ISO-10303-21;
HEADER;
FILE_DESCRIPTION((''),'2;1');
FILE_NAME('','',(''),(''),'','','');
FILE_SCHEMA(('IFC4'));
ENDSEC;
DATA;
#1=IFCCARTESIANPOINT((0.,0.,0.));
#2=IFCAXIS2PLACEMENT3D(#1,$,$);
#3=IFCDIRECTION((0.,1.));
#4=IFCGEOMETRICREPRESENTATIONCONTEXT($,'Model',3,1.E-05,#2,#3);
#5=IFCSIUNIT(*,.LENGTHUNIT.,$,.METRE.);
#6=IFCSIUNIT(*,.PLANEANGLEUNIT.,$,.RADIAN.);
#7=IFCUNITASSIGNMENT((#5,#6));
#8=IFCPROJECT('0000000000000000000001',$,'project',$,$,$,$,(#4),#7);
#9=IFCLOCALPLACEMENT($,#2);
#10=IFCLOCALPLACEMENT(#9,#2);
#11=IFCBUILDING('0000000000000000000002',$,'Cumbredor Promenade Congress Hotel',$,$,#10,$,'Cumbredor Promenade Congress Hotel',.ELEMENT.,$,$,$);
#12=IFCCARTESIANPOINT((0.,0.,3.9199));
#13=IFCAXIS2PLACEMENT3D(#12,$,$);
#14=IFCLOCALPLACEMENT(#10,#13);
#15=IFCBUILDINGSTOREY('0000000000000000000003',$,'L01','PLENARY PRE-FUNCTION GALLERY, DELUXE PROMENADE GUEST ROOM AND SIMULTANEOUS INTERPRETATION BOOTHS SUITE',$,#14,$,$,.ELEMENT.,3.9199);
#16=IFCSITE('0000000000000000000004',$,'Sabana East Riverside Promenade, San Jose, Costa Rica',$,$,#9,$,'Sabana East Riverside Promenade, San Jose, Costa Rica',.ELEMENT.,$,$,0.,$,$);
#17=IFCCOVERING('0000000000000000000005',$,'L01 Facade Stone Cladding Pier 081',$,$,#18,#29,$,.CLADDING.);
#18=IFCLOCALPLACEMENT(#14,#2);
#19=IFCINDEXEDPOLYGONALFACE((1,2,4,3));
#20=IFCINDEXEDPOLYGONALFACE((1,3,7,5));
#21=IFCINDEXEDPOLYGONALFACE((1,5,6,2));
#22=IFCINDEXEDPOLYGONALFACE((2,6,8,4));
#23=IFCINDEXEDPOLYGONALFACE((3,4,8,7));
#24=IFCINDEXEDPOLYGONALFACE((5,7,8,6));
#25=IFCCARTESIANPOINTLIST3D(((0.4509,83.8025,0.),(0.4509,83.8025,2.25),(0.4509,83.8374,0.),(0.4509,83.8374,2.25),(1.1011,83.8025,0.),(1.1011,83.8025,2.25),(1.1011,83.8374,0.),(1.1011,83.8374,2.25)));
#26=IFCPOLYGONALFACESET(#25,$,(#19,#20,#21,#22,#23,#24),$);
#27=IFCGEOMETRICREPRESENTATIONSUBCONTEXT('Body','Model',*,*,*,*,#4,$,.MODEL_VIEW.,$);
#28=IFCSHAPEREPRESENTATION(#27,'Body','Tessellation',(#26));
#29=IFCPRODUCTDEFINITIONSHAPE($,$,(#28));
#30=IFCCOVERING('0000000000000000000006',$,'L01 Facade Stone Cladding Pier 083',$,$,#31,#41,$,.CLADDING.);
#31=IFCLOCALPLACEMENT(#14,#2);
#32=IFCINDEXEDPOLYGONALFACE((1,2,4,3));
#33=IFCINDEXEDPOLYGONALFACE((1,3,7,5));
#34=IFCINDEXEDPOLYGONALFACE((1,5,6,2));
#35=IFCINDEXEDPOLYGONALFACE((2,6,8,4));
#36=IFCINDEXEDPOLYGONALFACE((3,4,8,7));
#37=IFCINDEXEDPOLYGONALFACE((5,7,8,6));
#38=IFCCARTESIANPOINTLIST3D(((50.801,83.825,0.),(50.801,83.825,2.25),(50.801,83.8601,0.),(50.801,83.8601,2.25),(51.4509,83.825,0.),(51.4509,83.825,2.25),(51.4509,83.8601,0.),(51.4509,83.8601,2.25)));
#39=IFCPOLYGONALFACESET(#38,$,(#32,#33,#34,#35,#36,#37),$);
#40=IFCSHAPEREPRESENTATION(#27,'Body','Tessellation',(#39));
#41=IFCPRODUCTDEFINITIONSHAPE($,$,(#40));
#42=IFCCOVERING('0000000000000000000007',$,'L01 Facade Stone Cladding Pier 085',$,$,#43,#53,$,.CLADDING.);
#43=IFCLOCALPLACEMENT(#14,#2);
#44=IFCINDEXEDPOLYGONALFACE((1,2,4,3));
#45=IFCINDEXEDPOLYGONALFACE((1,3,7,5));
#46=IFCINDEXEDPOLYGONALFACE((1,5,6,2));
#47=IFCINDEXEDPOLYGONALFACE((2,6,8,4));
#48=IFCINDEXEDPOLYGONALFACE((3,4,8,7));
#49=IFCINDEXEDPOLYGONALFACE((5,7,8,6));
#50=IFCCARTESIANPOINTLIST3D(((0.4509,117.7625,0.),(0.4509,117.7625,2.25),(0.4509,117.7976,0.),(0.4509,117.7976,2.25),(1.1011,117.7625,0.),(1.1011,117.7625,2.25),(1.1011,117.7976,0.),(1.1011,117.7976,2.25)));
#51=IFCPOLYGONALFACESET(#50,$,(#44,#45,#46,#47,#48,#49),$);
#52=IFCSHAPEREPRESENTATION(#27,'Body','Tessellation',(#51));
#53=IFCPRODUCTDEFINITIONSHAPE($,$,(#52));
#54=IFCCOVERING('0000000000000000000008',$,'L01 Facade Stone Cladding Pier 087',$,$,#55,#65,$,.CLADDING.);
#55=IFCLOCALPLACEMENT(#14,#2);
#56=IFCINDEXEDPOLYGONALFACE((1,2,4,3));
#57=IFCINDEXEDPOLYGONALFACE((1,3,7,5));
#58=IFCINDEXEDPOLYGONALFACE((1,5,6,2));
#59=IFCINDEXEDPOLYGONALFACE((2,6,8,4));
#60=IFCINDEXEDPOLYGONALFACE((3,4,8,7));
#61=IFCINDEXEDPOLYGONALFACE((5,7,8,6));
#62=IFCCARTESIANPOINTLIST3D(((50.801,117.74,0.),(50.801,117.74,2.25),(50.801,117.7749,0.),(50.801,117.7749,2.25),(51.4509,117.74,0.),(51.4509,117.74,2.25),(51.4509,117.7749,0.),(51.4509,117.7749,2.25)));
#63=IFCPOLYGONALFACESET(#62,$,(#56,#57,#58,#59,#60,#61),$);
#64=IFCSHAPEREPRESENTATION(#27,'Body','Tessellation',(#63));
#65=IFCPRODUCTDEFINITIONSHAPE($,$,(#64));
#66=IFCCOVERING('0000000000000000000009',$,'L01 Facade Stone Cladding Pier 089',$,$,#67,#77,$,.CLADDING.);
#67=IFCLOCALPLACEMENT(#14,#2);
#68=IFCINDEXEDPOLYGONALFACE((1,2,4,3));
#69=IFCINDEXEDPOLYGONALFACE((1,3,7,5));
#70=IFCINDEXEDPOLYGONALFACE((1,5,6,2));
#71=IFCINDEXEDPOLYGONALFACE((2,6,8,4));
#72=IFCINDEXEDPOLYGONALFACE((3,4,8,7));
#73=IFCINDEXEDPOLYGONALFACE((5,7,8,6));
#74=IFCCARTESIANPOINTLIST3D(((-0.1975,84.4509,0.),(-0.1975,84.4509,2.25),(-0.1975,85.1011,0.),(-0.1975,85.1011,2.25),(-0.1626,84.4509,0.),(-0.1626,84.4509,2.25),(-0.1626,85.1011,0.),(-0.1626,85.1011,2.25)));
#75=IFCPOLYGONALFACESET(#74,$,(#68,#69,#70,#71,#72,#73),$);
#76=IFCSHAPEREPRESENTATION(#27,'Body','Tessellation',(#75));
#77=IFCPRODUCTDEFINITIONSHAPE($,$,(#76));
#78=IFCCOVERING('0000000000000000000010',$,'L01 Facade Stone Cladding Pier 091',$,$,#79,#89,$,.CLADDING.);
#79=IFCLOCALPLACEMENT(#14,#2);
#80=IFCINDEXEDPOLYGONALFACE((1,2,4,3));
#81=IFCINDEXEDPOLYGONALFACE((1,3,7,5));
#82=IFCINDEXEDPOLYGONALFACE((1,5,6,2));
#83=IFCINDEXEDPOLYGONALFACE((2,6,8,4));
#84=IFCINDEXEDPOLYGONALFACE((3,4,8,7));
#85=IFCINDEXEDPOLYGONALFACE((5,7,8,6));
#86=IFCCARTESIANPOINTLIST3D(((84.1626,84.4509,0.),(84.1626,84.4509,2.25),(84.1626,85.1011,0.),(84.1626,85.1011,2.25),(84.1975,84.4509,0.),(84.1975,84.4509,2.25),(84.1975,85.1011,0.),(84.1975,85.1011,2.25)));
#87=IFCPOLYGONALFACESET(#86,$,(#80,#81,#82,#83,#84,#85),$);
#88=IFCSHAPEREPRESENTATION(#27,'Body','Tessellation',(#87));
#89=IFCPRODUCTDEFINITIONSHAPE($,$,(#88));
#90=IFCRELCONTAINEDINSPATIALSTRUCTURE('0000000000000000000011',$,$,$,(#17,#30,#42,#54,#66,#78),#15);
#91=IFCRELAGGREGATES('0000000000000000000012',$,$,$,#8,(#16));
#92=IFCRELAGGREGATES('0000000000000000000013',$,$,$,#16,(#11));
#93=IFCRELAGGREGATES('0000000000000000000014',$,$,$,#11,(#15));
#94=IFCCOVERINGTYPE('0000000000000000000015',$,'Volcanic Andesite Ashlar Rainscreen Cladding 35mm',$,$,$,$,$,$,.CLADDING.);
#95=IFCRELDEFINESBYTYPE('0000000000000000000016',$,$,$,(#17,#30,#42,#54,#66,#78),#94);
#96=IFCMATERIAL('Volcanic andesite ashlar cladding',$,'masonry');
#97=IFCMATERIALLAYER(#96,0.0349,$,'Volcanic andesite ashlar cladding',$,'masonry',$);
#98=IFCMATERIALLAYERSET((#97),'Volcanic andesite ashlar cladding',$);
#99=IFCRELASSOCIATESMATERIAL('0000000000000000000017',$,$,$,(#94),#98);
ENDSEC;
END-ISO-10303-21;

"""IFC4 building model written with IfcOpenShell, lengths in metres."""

from ifc_helpers import new_model, si_unit, direction, frame, origin, place, context, subcontext, project, spatial, polyline, outline, extrude, material, layer, layer_set, type_object, element, save


model = new_model("IFC4")

# Units and contexts
model_context = context("Model", 3, precision=1e-05, world=origin(), true_north=direction((0.0, 1.0)))
body_context = subcontext(model_context, "Body", "Model", "MODEL_VIEW")
ifc_project = project(units=[si_unit("LENGTHUNIT", "METRE"), si_unit("PLANEANGLEUNIT", "RADIAN")], contexts=[model_context])

# Site, building, storey
site_placement = place(None, origin())
site = spatial("IfcSite", under=ifc_project, at=site_placement, Name="Sabana East Riverside Promenade, San Jose, Costa Rica", LongName="Sabana East Riverside Promenade, San Jose, Costa Rica", CompositionType="ELEMENT", RefElevation=0.0)
building_placement = place(site_placement, origin())
building = spatial("IfcBuilding", under=site, at=building_placement, Name="Cumbredor Promenade Congress Hotel", LongName="Cumbredor Promenade Congress Hotel", CompositionType="ELEMENT")
storey_placement = place(building_placement, frame((0.0, 0.0, 3.9199)))
storey = spatial("IfcBuildingStorey", under=building, at=storey_placement, Name="L01", Description="PLENARY PRE-FUNCTION GALLERY, DELUXE PROMENADE GUEST ROOM AND SIMULTANEOUS INTERPRETATION BOOTHS SUITE", CompositionType="ELEMENT", Elevation=3.9199)

# Coverings
ifc_material_1 = material(Name="Volcanic andesite ashlar cladding", Category="masonry")
ifc_layer_1 = layer(ifc_material_1, 0.0349, Name="Volcanic andesite ashlar cladding", Category="masonry")
ifc_layer_set_1 = layer_set([ifc_layer_1], Name="Volcanic andesite ashlar cladding")
covering_type_1 = type_object("IfcCoveringType", Name="Volcanic Andesite Ashlar Rainscreen Cladding 35mm", PredefinedType="CLADDING", material=ifc_layer_set_1)
covering_1_placement = place(storey_placement, origin())
element("IfcCovering", 1, at=covering_1_placement, inside=storey, type_object=covering_type_1, Name="L01 Facade Stone Cladding Pier 081", PredefinedType="CLADDING", context=body_context, shape_type="SweptSolid", body=[
    extrude(outline(polyline([(0.4509, 83.8374), (1.1011, 83.8374), (1.1011, 83.8025), (0.4509, 83.8025), (0.4509, 83.8374)])), origin(), (0.0, 0.0, 1.0), 2.25),
])
covering_2_placement = place(storey_placement, origin())
element("IfcCovering", 2, at=covering_2_placement, inside=storey, type_object=covering_type_1, Name="L01 Facade Stone Cladding Pier 083", PredefinedType="CLADDING", context=body_context, shape_type="SweptSolid", body=[
    extrude(outline(polyline([(50.801, 83.8601), (51.4509, 83.8601), (51.4509, 83.825), (50.801, 83.825), (50.801, 83.8601)])), origin(), (0.0, 0.0, 1.0), 2.25),
])
covering_3_placement = place(storey_placement, origin())
element("IfcCovering", 3, at=covering_3_placement, inside=storey, type_object=covering_type_1, Name="L01 Facade Stone Cladding Pier 085", PredefinedType="CLADDING", context=body_context, shape_type="SweptSolid", body=[
    extrude(outline(polyline([(0.4509, 117.7625), (1.1011, 117.7625), (1.1011, 117.7976), (0.4509, 117.7976), (0.4509, 117.7625)])), origin(), (0.0, 0.0, 1.0), 2.25),
])
covering_4_placement = place(storey_placement, origin())
element("IfcCovering", 4, at=covering_4_placement, inside=storey, type_object=covering_type_1, Name="L01 Facade Stone Cladding Pier 087", PredefinedType="CLADDING", context=body_context, shape_type="SweptSolid", body=[
    extrude(outline(polyline([(50.801, 117.74), (51.4509, 117.74), (51.4509, 117.7749), (50.801, 117.7749), (50.801, 117.74)])), origin(), (0.0, 0.0, 1.0), 2.25),
])
covering_5_placement = place(storey_placement, origin())
element("IfcCovering", 5, at=covering_5_placement, inside=storey, type_object=covering_type_1, Name="L01 Facade Stone Cladding Pier 089", PredefinedType="CLADDING", context=body_context, shape_type="SweptSolid", body=[
    extrude(outline(polyline([(-0.1626, 84.4509), (-0.1626, 85.1011), (-0.1975, 85.1011), (-0.1975, 84.4509), (-0.1626, 84.4509)])), origin(), (0.0, 0.0, 1.0), 2.25),
])
covering_6_placement = place(storey_placement, origin())
element("IfcCovering", 6, at=covering_6_placement, inside=storey, type_object=covering_type_1, Name="L01 Facade Stone Cladding Pier 091", PredefinedType="CLADDING", context=body_context, shape_type="SweptSolid", body=[
    extrude(outline(polyline([(84.1626, 84.4509), (84.1626, 85.1011), (84.1975, 85.1011), (84.1975, 84.4509), (84.1626, 84.4509)])), origin(), (0.0, 0.0, 1.0), 2.25),
])

save(model, "model.ifc")
